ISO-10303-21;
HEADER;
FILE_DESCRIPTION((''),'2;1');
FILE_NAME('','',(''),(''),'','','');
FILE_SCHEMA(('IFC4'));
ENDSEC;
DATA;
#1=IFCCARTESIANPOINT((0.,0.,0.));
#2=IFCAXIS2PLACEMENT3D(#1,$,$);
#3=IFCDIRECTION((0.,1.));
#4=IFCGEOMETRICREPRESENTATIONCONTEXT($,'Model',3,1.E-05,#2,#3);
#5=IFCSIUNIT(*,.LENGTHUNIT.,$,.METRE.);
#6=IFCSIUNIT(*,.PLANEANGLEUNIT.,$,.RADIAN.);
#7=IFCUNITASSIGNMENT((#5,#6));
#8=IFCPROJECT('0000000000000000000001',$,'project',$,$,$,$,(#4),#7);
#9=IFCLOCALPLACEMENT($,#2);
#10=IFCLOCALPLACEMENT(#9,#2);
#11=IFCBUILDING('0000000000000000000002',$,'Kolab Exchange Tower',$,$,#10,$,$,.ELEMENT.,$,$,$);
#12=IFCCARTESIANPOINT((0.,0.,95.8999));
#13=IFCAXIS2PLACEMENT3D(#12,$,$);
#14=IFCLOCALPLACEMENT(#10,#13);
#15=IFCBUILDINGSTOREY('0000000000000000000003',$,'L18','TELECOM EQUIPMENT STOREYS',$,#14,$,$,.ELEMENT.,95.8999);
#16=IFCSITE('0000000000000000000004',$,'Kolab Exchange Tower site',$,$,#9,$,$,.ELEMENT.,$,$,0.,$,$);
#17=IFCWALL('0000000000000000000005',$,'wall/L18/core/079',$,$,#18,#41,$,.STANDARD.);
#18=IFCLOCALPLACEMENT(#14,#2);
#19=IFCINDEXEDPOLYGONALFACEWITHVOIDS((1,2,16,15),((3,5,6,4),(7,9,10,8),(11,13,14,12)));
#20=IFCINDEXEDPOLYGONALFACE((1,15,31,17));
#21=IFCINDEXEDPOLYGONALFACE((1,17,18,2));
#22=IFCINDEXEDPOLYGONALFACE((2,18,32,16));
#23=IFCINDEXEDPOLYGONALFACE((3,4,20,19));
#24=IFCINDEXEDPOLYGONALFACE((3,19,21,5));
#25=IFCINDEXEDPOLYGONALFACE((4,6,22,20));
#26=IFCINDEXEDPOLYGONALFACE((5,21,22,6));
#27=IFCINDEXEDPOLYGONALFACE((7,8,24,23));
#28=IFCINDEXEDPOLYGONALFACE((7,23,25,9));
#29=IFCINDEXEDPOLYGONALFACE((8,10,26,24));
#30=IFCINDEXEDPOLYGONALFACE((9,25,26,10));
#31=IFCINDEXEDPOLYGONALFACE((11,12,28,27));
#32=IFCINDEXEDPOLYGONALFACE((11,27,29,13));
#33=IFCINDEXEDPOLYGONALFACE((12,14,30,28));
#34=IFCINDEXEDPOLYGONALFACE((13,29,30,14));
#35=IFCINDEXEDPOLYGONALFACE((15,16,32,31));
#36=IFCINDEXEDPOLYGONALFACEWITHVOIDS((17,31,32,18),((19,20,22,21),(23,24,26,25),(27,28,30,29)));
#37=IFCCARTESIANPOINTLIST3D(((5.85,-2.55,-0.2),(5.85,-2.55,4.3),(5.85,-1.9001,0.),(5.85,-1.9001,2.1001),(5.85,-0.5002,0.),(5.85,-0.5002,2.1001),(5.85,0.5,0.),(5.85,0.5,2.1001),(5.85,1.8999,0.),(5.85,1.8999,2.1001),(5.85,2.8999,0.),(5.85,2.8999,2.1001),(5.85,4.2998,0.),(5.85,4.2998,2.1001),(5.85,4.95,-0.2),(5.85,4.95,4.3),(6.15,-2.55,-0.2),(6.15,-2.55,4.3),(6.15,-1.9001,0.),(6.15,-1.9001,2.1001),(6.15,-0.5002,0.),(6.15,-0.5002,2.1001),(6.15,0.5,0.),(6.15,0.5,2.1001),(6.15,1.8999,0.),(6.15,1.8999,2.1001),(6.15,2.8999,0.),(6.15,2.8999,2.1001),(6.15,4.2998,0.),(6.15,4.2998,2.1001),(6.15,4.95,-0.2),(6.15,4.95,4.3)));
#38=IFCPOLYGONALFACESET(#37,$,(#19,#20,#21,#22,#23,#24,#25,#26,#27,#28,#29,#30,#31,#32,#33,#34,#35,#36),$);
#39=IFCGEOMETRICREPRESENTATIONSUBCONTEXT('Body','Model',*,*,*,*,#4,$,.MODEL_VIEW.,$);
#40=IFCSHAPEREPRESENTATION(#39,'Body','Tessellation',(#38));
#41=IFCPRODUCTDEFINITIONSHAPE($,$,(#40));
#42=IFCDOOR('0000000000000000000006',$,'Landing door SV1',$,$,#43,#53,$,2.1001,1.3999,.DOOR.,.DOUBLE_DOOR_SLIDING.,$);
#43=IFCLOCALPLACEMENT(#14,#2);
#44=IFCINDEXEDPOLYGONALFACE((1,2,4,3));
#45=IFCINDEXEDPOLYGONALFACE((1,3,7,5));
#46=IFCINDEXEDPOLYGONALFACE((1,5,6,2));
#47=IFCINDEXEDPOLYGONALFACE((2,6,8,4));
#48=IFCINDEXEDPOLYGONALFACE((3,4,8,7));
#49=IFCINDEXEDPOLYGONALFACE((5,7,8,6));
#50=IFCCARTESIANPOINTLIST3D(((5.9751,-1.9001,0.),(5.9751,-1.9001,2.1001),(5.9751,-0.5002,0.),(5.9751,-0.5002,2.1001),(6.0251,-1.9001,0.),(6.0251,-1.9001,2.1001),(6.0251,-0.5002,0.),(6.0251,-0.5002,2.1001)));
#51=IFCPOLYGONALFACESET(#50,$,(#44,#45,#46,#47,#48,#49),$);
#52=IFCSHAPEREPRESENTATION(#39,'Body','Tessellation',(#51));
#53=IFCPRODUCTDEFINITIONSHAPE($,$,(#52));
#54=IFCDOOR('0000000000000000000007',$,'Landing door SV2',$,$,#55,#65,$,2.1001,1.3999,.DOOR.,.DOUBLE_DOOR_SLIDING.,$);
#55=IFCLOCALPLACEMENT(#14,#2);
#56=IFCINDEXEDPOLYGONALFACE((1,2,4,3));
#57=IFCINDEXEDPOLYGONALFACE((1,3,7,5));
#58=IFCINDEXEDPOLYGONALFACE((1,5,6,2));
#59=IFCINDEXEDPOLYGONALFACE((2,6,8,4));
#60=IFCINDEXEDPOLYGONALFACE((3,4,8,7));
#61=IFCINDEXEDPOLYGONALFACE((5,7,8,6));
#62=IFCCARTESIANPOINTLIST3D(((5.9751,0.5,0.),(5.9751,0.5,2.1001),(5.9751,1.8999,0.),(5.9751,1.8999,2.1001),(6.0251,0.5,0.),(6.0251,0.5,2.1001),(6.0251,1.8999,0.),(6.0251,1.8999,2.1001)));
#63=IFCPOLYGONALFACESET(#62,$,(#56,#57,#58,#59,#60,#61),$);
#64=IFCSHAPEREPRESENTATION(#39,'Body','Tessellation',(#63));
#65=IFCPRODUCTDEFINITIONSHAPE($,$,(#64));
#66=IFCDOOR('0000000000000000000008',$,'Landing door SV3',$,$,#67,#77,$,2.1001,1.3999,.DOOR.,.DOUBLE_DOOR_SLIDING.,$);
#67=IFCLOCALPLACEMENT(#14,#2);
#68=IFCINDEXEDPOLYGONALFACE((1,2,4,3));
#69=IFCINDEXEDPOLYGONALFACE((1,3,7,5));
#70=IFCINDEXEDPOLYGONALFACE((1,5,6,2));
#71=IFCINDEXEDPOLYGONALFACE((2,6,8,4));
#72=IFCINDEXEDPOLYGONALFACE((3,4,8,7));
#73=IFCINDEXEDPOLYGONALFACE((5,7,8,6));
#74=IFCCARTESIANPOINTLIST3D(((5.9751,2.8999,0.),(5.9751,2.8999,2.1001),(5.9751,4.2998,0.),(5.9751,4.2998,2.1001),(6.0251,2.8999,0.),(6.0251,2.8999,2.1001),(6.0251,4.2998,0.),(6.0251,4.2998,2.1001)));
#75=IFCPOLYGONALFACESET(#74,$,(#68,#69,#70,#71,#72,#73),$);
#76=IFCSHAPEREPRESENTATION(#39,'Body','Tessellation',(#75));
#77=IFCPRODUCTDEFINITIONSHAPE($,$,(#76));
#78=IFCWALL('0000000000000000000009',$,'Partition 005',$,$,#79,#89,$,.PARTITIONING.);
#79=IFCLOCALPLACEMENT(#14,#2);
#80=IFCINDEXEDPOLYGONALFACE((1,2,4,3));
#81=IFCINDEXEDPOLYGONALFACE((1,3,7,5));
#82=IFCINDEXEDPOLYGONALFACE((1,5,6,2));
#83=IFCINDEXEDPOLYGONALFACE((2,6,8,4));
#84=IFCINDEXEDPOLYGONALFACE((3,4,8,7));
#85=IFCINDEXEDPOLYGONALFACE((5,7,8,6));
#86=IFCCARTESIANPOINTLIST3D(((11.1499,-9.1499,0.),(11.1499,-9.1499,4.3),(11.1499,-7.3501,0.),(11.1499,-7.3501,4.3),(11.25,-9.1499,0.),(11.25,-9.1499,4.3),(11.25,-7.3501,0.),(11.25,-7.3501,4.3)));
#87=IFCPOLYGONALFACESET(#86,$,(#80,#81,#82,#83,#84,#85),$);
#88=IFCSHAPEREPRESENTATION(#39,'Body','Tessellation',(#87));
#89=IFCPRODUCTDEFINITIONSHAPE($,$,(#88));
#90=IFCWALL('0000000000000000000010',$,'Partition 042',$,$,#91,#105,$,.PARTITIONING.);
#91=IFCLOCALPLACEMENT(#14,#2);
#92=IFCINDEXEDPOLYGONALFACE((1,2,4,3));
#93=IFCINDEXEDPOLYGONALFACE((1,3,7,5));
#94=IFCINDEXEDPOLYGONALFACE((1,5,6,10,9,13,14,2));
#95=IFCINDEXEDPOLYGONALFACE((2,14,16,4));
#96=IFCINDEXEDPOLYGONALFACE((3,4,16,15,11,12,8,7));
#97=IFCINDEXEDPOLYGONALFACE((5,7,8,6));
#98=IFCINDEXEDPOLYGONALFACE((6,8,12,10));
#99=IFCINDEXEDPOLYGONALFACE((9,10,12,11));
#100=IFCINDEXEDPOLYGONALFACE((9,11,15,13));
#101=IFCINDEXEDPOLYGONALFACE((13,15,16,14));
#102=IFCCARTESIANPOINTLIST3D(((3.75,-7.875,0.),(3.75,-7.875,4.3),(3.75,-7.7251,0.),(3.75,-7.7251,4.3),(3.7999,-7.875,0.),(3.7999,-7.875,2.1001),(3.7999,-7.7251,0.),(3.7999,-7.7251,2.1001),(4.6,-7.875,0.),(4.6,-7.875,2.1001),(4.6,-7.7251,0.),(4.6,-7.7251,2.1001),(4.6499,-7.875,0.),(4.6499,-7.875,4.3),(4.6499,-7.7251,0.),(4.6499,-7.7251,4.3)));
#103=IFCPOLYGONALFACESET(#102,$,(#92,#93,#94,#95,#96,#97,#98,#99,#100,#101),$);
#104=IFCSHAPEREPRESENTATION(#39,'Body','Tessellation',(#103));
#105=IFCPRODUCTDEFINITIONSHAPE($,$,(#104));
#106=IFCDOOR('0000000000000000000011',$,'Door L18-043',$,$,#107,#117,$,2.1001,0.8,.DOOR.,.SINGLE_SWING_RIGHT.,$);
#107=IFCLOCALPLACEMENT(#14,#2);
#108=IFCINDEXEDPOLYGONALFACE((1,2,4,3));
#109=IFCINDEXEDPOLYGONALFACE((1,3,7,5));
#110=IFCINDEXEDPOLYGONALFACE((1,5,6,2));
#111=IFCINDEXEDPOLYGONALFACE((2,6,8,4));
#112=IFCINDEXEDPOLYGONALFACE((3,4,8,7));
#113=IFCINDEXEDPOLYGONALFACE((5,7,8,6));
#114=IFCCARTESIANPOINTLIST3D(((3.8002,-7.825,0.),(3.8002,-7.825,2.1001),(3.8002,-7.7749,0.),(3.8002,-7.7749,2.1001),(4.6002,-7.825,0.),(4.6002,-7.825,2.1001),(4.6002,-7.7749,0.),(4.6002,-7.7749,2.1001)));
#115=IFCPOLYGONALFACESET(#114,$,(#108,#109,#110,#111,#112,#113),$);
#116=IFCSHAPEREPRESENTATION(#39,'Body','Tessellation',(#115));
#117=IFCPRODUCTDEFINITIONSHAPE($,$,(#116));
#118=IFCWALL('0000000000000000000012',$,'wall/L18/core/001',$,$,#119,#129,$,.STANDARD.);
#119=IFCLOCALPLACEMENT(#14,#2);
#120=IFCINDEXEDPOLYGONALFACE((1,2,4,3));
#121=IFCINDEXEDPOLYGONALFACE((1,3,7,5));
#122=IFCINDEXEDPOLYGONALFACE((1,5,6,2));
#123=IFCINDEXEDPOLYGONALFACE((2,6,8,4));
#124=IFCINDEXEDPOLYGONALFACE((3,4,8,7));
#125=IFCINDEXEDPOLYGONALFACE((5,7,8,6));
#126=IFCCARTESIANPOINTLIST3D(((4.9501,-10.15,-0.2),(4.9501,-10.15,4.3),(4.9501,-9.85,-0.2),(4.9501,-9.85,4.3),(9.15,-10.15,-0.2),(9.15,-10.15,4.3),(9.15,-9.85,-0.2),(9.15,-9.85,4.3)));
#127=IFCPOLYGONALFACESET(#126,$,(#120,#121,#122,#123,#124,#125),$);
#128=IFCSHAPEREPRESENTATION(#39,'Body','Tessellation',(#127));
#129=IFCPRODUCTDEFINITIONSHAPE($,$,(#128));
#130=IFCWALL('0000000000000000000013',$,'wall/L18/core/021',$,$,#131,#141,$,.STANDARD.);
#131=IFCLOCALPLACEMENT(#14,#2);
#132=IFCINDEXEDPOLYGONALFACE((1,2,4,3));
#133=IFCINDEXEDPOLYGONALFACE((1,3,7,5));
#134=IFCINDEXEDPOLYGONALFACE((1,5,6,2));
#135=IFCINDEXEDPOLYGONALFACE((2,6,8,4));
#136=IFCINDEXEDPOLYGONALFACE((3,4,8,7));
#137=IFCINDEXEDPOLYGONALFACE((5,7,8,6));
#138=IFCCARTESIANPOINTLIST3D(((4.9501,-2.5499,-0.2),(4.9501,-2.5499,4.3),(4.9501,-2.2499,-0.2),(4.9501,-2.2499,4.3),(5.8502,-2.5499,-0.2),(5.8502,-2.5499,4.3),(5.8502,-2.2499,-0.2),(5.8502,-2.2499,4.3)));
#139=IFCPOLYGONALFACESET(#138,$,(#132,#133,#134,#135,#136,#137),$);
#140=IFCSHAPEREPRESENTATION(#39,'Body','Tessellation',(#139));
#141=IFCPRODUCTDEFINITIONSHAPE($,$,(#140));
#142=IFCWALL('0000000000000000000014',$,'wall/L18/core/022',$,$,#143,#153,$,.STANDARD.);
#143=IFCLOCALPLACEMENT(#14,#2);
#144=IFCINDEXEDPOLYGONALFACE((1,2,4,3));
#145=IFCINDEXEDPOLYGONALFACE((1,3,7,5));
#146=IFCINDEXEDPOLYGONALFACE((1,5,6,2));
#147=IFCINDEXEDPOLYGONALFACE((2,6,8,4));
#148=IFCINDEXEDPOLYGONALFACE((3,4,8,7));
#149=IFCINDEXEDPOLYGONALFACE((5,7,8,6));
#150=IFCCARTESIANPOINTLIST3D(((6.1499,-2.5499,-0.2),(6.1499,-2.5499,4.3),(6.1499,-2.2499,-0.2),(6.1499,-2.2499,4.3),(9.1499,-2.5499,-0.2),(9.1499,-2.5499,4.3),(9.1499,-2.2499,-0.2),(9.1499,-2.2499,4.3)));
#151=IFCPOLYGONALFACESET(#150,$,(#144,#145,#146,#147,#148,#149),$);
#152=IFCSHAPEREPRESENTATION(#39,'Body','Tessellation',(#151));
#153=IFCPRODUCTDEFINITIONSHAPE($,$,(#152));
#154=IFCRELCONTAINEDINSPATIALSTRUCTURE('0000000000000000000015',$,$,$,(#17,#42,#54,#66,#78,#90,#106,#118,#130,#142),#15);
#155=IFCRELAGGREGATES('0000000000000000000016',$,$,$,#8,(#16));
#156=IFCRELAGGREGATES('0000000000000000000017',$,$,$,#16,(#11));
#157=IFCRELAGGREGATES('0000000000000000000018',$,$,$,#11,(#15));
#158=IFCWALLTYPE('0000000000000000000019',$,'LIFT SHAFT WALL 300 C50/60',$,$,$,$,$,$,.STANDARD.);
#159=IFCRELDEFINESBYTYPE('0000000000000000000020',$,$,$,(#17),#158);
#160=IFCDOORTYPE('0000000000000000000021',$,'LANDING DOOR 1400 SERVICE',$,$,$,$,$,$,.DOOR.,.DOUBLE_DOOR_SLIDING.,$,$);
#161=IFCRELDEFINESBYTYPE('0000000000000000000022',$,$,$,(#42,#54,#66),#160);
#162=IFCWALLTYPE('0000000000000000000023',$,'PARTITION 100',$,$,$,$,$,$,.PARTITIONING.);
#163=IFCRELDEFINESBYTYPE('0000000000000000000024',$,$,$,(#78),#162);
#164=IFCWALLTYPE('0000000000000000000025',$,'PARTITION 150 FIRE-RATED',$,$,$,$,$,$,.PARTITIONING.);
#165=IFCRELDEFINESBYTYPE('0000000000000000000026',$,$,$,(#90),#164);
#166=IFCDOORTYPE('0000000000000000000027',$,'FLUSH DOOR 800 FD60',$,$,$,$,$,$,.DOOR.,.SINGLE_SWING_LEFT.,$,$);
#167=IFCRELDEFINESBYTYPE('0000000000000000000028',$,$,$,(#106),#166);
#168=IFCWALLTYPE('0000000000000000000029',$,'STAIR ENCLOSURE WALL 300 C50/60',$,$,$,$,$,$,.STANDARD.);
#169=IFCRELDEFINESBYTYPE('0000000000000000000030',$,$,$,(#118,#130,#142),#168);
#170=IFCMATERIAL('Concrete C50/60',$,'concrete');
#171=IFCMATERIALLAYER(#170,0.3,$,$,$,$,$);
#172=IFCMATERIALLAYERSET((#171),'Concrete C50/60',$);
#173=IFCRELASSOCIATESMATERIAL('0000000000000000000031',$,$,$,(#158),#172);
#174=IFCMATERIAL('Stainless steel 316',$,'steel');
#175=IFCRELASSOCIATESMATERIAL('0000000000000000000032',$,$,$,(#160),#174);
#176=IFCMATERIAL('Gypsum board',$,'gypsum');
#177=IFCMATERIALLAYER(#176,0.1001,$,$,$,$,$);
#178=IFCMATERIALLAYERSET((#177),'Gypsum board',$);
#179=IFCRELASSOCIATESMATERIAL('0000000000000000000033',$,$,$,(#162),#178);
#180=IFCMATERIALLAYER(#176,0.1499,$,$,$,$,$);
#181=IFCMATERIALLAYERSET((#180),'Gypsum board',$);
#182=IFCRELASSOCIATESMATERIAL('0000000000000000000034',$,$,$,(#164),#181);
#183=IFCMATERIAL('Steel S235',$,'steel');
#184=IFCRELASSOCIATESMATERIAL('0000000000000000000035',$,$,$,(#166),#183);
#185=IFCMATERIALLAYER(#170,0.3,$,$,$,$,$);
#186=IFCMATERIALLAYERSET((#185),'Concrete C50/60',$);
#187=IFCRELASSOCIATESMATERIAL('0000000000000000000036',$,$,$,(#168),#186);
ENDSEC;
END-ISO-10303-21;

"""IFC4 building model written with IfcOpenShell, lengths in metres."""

from ifc_helpers import new_model, si_unit, direction, frame, frame_2d, origin, place, context, subcontext, project, spatial, rectangle, extrude, material, layer, layer_set, type_object, element, fill, save


model = new_model("IFC4")

# Units and contexts
model_context = context("Model", 3, precision=1e-05, world=origin(), true_north=direction((0.0, 1.0)))
body_context = subcontext(model_context, "Body", "Model", "MODEL_VIEW")
ifc_project = project(units=[si_unit("LENGTHUNIT", "METRE"), si_unit("PLANEANGLEUNIT", "RADIAN")], contexts=[model_context])

# Site, building, storey
site_placement = place(None, origin())
site = spatial("IfcSite", under=ifc_project, at=site_placement, Name="Kolab Exchange Tower site", CompositionType="ELEMENT", RefElevation=0.0)
building_placement = place(site_placement, origin())
building = spatial("IfcBuilding", under=site, at=building_placement, Name="Kolab Exchange Tower", CompositionType="ELEMENT")
storey_placement = place(building_placement, frame((0.0, 0.0, 95.8999)))
storey = spatial("IfcBuildingStorey", under=building, at=storey_placement, Name="L18", Description="TELECOM EQUIPMENT STOREYS", CompositionType="ELEMENT", Elevation=95.8999)

# Shared definitions
ifc_material_1 = material(Name="Steel S235", Category="steel")

# Shared definitions
ifc_material_2 = material(Name="Concrete C50/60", Category="concrete")
ifc_layer_1 = layer(ifc_material_2, 0.3)
ifc_layer_set_1 = layer_set([ifc_layer_1], Name="Concrete C50/60")
wall_type_1 = type_object("IfcWallType", Name="LIFT SHAFT WALL 300 C50/60", PredefinedType="STANDARD", material=ifc_layer_set_1)

# Wall, openings, doors
wall_1_placement = place(storey_placement, frame((6.0, -2.55, -0.2), z_axis=(0.0, 0.0, 1.0), x_axis=(0.0, 1.0, 0.0)))
wall_1 = element("IfcWall", 1, at=wall_1_placement, inside=storey, type_object=wall_type_1, Name="wall/L18/core/079", PredefinedType="STANDARD", context=body_context, shape_type="SweptSolid", body=[
    extrude(rectangle(XDim=7.5, YDim=0.3, at=frame_2d((3.75, 0.0))), origin(), (0.0, 0.0, 1.0), 4.5),
])
opening_1_placement = place(wall_1_placement, frame((0.6499, 0.0, 0.2)))
opening_1 = element("IfcOpeningElement", 2, at=opening_1_placement, cuts=wall_1, PredefinedType="OPENING", context=body_context, shape_type="SweptSolid", body=[
    extrude(rectangle(XDim=1.3999, YDim=2.1001, at=frame_2d((0.7, 1.05))), frame((0.0, 0.1602, 0.0), z_axis=(0.0, -1.0, 0.0), x_axis=(1.0, 0.0, 0.0)), (0.0, 0.0, 1.0), 0.3201),
])
opening_2_placement = place(wall_1_placement, frame((3.05, 0.0, 0.2)))
opening_2 = element("IfcOpeningElement", 3, at=opening_2_placement, cuts=wall_1, PredefinedType="OPENING", context=body_context, shape_type="SweptSolid", body=[
    extrude(rectangle(XDim=1.3999, YDim=2.1001, at=frame_2d((0.7, 1.05))), frame((0.0, 0.1602, 0.0), z_axis=(0.0, -1.0, 0.0), x_axis=(1.0, 0.0, 0.0)), (0.0, 0.0, 1.0), 0.3201),
])
opening_3_placement = place(wall_1_placement, frame((5.45, 0.0, 0.2)))
opening_3 = element("IfcOpeningElement", 4, at=opening_3_placement, cuts=wall_1, PredefinedType="OPENING", context=body_context, shape_type="SweptSolid", body=[
    extrude(rectangle(XDim=1.3999, YDim=2.1001, at=frame_2d((0.7, 1.05))), frame((0.0, 0.1602, 0.0), z_axis=(0.0, -1.0, 0.0), x_axis=(1.0, 0.0, 0.0)), (0.0, 0.0, 1.0), 0.3201),
])
ifc_material_3 = material(Name="Stainless steel 316", Category="steel")
door_type_1 = type_object("IfcDoorType", Name="LANDING DOOR 1400 SERVICE", OperationType="DOUBLE_DOOR_SLIDING", PredefinedType="DOOR", material=ifc_material_3)
door_1_placement = place(opening_1_placement, origin())
door_1 = element("IfcDoor", 5, at=door_1_placement, inside=storey, type_object=door_type_1, Name="Landing door SV1", OperationType="DOUBLE_DOOR_SLIDING", OverallHeight=2.1001, OverallWidth=1.3999, PredefinedType="DOOR", context=body_context, shape_type="SweptSolid", body=[
    extrude(rectangle(XDim=1.3999, YDim=2.1001, at=frame_2d((0.7, 1.05))), frame((0.0, 0.0249, 0.0), z_axis=(0.0, -1.0, 0.0), x_axis=(1.0, 0.0, 0.0)), (0.0, 0.0, 1.0), 0.05),
])
fill(opening_1, door_1)
door_2_placement = place(opening_2_placement, origin())
door_2 = element("IfcDoor", 6, at=door_2_placement, inside=storey, type_object=door_type_1, Name="Landing door SV2", OperationType="DOUBLE_DOOR_SLIDING", OverallHeight=2.1001, OverallWidth=1.3999, PredefinedType="DOOR", context=body_context, shape_type="SweptSolid", body=[
    extrude(rectangle(XDim=1.3999, YDim=2.1001, at=frame_2d((0.7, 1.05))), frame((0.0, 0.0249, 0.0), z_axis=(0.0, -1.0, 0.0), x_axis=(1.0, 0.0, 0.0)), (0.0, 0.0, 1.0), 0.05),
])
fill(opening_2, door_2)
door_3_placement = place(opening_3_placement, origin())
door_3 = element("IfcDoor", 7, at=door_3_placement, inside=storey, type_object=door_type_1, Name="Landing door SV3", OperationType="DOUBLE_DOOR_SLIDING", OverallHeight=2.1001, OverallWidth=1.3999, PredefinedType="DOOR", context=body_context, shape_type="SweptSolid", body=[
    extrude(rectangle(XDim=1.3999, YDim=2.1001, at=frame_2d((0.7, 1.05))), frame((0.0, 0.0249, 0.0), z_axis=(0.0, -1.0, 0.0), x_axis=(1.0, 0.0, 0.0)), (0.0, 0.0, 1.0), 0.05),
])
fill(opening_3, door_3)

# Wall
ifc_material_4 = material(Name="Gypsum board", Category="gypsum")
ifc_layer_2 = layer(ifc_material_4, 0.1001)
ifc_layer_set_2 = layer_set([ifc_layer_2], Name="Gypsum board")
wall_type_2 = type_object("IfcWallType", Name="PARTITION 100", PredefinedType="PARTITIONING", material=ifc_layer_set_2)
wall_2_placement = place(storey_placement, frame((11.2, -9.1499, 0.0), z_axis=(0.0, 0.0, 1.0), x_axis=(0.0, 1.0, 0.0)))
element("IfcWall", 8, at=wall_2_placement, inside=storey, type_object=wall_type_2, Name="Partition 005", PredefinedType="PARTITIONING", context=body_context, shape_type="SweptSolid", body=[
    extrude(rectangle(XDim=1.7998, YDim=0.1001, at=frame_2d((0.8999, 0.0))), origin(), (0.0, 0.0, 1.0), 4.3),
])

# Wall, opening, door
ifc_layer_3 = layer(ifc_material_4, 0.1499)
ifc_layer_set_3 = layer_set([ifc_layer_3], Name="Gypsum board")
wall_type_3 = type_object("IfcWallType", Name="PARTITION 150 FIRE-RATED", PredefinedType="PARTITIONING", material=ifc_layer_set_3)
wall_3_placement = place(storey_placement, frame((3.75, -7.8, 0.0), z_axis=(0.0, 0.0, 1.0), x_axis=(1.0, 0.0, 0.0)))
wall_3 = element("IfcWall", 9, at=wall_3_placement, inside=storey, type_object=wall_type_3, Name="Partition 042", PredefinedType="PARTITIONING", context=body_context, shape_type="SweptSolid", body=[
    extrude(rectangle(XDim=0.8999, YDim=0.1499, at=frame_2d((0.45, 0.0))), origin(), (0.0, 0.0, 1.0), 4.3),
])
opening_4_placement = place(wall_3_placement, frame((0.05, 0.0, 0.0)))
opening_4 = element("IfcOpeningElement", 10, at=opening_4_placement, cuts=wall_3, PredefinedType="OPENING", context=body_context, shape_type="SweptSolid", body=[
    extrude(rectangle(XDim=0.8, YDim=2.1001, at=frame_2d((0.3999, 1.05))), frame((0.0, 0.085, 0.0), z_axis=(0.0, -1.0, 0.0), x_axis=(1.0, 0.0, 0.0)), (0.0, 0.0, 1.0), 0.1699),
])
door_type_2 = type_object("IfcDoorType", Name="FLUSH DOOR 800 FD60", OperationType="SINGLE_SWING_LEFT", PredefinedType="DOOR", material=ifc_material_1)
door_4_placement = place(opening_4_placement, frame((0.8, 0.0, 0.0), z_axis=(0.0, 0.0, 1.0), x_axis=(-1.0, 0.0, 0.0)))
door_4 = element("IfcDoor", 11, at=door_4_placement, inside=storey, type_object=door_type_2, Name="Door L18-043", OperationType="SINGLE_SWING_RIGHT", OverallHeight=2.1001, OverallWidth=0.8, PredefinedType="DOOR", context=body_context, shape_type="SweptSolid", body=[
    extrude(rectangle(XDim=0.8, YDim=2.1001, at=frame_2d((0.3999, 1.05))), frame((0.0, 0.0249, 0.0), z_axis=(0.0, -1.0, 0.0), x_axis=(1.0, 0.0, 0.0)), (0.0, 0.0, 1.0), 0.05),
])
fill(opening_4, door_4)

# Walls
ifc_layer_4 = layer(ifc_material_2, 0.3)
ifc_layer_set_4 = layer_set([ifc_layer_4], Name="Concrete C50/60")
wall_type_4 = type_object("IfcWallType", Name="STAIR ENCLOSURE WALL 300 C50/60", PredefinedType="STANDARD", material=ifc_layer_set_4)
wall_4_placement = place(storey_placement, frame((4.95, -10.0, -0.2), z_axis=(0.0, 0.0, 1.0), x_axis=(1.0, 0.0, 0.0)))
element("IfcWall", 12, at=wall_4_placement, inside=storey, type_object=wall_type_4, Name="wall/L18/core/001", PredefinedType="STANDARD", context=body_context, shape_type="SweptSolid", body=[
    extrude(rectangle(XDim=4.2, YDim=0.3, at=frame_2d((2.1001, 0.0))), origin(), (0.0, 0.0, 1.0), 4.5),
])
wall_5_placement = place(storey_placement, frame((4.95, -2.3999, -0.2), z_axis=(0.0, 0.0, 1.0), x_axis=(1.0, 0.0, 0.0)))
element("IfcWall", 13, at=wall_5_placement, inside=storey, type_object=wall_type_4, Name="wall/L18/core/021", PredefinedType="STANDARD", context=body_context, shape_type="SweptSolid", body=[
    extrude(rectangle(XDim=0.9001, YDim=0.3, at=frame_2d((0.4502, 0.0))), origin(), (0.0, 0.0, 1.0), 4.5),
])
wall_6_placement = place(storey_placement, frame((6.1499, -2.3999, -0.2), z_axis=(0.0, 0.0, 1.0), x_axis=(1.0, 0.0, 0.0)))
element("IfcWall", 14, at=wall_6_placement, inside=storey, type_object=wall_type_4, Name="wall/L18/core/022", PredefinedType="STANDARD", context=body_context, shape_type="SweptSolid", body=[
    extrude(rectangle(XDim=3.0, YDim=0.3, at=frame_2d((1.5, 0.0))), origin(), (0.0, 0.0, 1.0), 4.5),
])

save(model, "model.ifc")
